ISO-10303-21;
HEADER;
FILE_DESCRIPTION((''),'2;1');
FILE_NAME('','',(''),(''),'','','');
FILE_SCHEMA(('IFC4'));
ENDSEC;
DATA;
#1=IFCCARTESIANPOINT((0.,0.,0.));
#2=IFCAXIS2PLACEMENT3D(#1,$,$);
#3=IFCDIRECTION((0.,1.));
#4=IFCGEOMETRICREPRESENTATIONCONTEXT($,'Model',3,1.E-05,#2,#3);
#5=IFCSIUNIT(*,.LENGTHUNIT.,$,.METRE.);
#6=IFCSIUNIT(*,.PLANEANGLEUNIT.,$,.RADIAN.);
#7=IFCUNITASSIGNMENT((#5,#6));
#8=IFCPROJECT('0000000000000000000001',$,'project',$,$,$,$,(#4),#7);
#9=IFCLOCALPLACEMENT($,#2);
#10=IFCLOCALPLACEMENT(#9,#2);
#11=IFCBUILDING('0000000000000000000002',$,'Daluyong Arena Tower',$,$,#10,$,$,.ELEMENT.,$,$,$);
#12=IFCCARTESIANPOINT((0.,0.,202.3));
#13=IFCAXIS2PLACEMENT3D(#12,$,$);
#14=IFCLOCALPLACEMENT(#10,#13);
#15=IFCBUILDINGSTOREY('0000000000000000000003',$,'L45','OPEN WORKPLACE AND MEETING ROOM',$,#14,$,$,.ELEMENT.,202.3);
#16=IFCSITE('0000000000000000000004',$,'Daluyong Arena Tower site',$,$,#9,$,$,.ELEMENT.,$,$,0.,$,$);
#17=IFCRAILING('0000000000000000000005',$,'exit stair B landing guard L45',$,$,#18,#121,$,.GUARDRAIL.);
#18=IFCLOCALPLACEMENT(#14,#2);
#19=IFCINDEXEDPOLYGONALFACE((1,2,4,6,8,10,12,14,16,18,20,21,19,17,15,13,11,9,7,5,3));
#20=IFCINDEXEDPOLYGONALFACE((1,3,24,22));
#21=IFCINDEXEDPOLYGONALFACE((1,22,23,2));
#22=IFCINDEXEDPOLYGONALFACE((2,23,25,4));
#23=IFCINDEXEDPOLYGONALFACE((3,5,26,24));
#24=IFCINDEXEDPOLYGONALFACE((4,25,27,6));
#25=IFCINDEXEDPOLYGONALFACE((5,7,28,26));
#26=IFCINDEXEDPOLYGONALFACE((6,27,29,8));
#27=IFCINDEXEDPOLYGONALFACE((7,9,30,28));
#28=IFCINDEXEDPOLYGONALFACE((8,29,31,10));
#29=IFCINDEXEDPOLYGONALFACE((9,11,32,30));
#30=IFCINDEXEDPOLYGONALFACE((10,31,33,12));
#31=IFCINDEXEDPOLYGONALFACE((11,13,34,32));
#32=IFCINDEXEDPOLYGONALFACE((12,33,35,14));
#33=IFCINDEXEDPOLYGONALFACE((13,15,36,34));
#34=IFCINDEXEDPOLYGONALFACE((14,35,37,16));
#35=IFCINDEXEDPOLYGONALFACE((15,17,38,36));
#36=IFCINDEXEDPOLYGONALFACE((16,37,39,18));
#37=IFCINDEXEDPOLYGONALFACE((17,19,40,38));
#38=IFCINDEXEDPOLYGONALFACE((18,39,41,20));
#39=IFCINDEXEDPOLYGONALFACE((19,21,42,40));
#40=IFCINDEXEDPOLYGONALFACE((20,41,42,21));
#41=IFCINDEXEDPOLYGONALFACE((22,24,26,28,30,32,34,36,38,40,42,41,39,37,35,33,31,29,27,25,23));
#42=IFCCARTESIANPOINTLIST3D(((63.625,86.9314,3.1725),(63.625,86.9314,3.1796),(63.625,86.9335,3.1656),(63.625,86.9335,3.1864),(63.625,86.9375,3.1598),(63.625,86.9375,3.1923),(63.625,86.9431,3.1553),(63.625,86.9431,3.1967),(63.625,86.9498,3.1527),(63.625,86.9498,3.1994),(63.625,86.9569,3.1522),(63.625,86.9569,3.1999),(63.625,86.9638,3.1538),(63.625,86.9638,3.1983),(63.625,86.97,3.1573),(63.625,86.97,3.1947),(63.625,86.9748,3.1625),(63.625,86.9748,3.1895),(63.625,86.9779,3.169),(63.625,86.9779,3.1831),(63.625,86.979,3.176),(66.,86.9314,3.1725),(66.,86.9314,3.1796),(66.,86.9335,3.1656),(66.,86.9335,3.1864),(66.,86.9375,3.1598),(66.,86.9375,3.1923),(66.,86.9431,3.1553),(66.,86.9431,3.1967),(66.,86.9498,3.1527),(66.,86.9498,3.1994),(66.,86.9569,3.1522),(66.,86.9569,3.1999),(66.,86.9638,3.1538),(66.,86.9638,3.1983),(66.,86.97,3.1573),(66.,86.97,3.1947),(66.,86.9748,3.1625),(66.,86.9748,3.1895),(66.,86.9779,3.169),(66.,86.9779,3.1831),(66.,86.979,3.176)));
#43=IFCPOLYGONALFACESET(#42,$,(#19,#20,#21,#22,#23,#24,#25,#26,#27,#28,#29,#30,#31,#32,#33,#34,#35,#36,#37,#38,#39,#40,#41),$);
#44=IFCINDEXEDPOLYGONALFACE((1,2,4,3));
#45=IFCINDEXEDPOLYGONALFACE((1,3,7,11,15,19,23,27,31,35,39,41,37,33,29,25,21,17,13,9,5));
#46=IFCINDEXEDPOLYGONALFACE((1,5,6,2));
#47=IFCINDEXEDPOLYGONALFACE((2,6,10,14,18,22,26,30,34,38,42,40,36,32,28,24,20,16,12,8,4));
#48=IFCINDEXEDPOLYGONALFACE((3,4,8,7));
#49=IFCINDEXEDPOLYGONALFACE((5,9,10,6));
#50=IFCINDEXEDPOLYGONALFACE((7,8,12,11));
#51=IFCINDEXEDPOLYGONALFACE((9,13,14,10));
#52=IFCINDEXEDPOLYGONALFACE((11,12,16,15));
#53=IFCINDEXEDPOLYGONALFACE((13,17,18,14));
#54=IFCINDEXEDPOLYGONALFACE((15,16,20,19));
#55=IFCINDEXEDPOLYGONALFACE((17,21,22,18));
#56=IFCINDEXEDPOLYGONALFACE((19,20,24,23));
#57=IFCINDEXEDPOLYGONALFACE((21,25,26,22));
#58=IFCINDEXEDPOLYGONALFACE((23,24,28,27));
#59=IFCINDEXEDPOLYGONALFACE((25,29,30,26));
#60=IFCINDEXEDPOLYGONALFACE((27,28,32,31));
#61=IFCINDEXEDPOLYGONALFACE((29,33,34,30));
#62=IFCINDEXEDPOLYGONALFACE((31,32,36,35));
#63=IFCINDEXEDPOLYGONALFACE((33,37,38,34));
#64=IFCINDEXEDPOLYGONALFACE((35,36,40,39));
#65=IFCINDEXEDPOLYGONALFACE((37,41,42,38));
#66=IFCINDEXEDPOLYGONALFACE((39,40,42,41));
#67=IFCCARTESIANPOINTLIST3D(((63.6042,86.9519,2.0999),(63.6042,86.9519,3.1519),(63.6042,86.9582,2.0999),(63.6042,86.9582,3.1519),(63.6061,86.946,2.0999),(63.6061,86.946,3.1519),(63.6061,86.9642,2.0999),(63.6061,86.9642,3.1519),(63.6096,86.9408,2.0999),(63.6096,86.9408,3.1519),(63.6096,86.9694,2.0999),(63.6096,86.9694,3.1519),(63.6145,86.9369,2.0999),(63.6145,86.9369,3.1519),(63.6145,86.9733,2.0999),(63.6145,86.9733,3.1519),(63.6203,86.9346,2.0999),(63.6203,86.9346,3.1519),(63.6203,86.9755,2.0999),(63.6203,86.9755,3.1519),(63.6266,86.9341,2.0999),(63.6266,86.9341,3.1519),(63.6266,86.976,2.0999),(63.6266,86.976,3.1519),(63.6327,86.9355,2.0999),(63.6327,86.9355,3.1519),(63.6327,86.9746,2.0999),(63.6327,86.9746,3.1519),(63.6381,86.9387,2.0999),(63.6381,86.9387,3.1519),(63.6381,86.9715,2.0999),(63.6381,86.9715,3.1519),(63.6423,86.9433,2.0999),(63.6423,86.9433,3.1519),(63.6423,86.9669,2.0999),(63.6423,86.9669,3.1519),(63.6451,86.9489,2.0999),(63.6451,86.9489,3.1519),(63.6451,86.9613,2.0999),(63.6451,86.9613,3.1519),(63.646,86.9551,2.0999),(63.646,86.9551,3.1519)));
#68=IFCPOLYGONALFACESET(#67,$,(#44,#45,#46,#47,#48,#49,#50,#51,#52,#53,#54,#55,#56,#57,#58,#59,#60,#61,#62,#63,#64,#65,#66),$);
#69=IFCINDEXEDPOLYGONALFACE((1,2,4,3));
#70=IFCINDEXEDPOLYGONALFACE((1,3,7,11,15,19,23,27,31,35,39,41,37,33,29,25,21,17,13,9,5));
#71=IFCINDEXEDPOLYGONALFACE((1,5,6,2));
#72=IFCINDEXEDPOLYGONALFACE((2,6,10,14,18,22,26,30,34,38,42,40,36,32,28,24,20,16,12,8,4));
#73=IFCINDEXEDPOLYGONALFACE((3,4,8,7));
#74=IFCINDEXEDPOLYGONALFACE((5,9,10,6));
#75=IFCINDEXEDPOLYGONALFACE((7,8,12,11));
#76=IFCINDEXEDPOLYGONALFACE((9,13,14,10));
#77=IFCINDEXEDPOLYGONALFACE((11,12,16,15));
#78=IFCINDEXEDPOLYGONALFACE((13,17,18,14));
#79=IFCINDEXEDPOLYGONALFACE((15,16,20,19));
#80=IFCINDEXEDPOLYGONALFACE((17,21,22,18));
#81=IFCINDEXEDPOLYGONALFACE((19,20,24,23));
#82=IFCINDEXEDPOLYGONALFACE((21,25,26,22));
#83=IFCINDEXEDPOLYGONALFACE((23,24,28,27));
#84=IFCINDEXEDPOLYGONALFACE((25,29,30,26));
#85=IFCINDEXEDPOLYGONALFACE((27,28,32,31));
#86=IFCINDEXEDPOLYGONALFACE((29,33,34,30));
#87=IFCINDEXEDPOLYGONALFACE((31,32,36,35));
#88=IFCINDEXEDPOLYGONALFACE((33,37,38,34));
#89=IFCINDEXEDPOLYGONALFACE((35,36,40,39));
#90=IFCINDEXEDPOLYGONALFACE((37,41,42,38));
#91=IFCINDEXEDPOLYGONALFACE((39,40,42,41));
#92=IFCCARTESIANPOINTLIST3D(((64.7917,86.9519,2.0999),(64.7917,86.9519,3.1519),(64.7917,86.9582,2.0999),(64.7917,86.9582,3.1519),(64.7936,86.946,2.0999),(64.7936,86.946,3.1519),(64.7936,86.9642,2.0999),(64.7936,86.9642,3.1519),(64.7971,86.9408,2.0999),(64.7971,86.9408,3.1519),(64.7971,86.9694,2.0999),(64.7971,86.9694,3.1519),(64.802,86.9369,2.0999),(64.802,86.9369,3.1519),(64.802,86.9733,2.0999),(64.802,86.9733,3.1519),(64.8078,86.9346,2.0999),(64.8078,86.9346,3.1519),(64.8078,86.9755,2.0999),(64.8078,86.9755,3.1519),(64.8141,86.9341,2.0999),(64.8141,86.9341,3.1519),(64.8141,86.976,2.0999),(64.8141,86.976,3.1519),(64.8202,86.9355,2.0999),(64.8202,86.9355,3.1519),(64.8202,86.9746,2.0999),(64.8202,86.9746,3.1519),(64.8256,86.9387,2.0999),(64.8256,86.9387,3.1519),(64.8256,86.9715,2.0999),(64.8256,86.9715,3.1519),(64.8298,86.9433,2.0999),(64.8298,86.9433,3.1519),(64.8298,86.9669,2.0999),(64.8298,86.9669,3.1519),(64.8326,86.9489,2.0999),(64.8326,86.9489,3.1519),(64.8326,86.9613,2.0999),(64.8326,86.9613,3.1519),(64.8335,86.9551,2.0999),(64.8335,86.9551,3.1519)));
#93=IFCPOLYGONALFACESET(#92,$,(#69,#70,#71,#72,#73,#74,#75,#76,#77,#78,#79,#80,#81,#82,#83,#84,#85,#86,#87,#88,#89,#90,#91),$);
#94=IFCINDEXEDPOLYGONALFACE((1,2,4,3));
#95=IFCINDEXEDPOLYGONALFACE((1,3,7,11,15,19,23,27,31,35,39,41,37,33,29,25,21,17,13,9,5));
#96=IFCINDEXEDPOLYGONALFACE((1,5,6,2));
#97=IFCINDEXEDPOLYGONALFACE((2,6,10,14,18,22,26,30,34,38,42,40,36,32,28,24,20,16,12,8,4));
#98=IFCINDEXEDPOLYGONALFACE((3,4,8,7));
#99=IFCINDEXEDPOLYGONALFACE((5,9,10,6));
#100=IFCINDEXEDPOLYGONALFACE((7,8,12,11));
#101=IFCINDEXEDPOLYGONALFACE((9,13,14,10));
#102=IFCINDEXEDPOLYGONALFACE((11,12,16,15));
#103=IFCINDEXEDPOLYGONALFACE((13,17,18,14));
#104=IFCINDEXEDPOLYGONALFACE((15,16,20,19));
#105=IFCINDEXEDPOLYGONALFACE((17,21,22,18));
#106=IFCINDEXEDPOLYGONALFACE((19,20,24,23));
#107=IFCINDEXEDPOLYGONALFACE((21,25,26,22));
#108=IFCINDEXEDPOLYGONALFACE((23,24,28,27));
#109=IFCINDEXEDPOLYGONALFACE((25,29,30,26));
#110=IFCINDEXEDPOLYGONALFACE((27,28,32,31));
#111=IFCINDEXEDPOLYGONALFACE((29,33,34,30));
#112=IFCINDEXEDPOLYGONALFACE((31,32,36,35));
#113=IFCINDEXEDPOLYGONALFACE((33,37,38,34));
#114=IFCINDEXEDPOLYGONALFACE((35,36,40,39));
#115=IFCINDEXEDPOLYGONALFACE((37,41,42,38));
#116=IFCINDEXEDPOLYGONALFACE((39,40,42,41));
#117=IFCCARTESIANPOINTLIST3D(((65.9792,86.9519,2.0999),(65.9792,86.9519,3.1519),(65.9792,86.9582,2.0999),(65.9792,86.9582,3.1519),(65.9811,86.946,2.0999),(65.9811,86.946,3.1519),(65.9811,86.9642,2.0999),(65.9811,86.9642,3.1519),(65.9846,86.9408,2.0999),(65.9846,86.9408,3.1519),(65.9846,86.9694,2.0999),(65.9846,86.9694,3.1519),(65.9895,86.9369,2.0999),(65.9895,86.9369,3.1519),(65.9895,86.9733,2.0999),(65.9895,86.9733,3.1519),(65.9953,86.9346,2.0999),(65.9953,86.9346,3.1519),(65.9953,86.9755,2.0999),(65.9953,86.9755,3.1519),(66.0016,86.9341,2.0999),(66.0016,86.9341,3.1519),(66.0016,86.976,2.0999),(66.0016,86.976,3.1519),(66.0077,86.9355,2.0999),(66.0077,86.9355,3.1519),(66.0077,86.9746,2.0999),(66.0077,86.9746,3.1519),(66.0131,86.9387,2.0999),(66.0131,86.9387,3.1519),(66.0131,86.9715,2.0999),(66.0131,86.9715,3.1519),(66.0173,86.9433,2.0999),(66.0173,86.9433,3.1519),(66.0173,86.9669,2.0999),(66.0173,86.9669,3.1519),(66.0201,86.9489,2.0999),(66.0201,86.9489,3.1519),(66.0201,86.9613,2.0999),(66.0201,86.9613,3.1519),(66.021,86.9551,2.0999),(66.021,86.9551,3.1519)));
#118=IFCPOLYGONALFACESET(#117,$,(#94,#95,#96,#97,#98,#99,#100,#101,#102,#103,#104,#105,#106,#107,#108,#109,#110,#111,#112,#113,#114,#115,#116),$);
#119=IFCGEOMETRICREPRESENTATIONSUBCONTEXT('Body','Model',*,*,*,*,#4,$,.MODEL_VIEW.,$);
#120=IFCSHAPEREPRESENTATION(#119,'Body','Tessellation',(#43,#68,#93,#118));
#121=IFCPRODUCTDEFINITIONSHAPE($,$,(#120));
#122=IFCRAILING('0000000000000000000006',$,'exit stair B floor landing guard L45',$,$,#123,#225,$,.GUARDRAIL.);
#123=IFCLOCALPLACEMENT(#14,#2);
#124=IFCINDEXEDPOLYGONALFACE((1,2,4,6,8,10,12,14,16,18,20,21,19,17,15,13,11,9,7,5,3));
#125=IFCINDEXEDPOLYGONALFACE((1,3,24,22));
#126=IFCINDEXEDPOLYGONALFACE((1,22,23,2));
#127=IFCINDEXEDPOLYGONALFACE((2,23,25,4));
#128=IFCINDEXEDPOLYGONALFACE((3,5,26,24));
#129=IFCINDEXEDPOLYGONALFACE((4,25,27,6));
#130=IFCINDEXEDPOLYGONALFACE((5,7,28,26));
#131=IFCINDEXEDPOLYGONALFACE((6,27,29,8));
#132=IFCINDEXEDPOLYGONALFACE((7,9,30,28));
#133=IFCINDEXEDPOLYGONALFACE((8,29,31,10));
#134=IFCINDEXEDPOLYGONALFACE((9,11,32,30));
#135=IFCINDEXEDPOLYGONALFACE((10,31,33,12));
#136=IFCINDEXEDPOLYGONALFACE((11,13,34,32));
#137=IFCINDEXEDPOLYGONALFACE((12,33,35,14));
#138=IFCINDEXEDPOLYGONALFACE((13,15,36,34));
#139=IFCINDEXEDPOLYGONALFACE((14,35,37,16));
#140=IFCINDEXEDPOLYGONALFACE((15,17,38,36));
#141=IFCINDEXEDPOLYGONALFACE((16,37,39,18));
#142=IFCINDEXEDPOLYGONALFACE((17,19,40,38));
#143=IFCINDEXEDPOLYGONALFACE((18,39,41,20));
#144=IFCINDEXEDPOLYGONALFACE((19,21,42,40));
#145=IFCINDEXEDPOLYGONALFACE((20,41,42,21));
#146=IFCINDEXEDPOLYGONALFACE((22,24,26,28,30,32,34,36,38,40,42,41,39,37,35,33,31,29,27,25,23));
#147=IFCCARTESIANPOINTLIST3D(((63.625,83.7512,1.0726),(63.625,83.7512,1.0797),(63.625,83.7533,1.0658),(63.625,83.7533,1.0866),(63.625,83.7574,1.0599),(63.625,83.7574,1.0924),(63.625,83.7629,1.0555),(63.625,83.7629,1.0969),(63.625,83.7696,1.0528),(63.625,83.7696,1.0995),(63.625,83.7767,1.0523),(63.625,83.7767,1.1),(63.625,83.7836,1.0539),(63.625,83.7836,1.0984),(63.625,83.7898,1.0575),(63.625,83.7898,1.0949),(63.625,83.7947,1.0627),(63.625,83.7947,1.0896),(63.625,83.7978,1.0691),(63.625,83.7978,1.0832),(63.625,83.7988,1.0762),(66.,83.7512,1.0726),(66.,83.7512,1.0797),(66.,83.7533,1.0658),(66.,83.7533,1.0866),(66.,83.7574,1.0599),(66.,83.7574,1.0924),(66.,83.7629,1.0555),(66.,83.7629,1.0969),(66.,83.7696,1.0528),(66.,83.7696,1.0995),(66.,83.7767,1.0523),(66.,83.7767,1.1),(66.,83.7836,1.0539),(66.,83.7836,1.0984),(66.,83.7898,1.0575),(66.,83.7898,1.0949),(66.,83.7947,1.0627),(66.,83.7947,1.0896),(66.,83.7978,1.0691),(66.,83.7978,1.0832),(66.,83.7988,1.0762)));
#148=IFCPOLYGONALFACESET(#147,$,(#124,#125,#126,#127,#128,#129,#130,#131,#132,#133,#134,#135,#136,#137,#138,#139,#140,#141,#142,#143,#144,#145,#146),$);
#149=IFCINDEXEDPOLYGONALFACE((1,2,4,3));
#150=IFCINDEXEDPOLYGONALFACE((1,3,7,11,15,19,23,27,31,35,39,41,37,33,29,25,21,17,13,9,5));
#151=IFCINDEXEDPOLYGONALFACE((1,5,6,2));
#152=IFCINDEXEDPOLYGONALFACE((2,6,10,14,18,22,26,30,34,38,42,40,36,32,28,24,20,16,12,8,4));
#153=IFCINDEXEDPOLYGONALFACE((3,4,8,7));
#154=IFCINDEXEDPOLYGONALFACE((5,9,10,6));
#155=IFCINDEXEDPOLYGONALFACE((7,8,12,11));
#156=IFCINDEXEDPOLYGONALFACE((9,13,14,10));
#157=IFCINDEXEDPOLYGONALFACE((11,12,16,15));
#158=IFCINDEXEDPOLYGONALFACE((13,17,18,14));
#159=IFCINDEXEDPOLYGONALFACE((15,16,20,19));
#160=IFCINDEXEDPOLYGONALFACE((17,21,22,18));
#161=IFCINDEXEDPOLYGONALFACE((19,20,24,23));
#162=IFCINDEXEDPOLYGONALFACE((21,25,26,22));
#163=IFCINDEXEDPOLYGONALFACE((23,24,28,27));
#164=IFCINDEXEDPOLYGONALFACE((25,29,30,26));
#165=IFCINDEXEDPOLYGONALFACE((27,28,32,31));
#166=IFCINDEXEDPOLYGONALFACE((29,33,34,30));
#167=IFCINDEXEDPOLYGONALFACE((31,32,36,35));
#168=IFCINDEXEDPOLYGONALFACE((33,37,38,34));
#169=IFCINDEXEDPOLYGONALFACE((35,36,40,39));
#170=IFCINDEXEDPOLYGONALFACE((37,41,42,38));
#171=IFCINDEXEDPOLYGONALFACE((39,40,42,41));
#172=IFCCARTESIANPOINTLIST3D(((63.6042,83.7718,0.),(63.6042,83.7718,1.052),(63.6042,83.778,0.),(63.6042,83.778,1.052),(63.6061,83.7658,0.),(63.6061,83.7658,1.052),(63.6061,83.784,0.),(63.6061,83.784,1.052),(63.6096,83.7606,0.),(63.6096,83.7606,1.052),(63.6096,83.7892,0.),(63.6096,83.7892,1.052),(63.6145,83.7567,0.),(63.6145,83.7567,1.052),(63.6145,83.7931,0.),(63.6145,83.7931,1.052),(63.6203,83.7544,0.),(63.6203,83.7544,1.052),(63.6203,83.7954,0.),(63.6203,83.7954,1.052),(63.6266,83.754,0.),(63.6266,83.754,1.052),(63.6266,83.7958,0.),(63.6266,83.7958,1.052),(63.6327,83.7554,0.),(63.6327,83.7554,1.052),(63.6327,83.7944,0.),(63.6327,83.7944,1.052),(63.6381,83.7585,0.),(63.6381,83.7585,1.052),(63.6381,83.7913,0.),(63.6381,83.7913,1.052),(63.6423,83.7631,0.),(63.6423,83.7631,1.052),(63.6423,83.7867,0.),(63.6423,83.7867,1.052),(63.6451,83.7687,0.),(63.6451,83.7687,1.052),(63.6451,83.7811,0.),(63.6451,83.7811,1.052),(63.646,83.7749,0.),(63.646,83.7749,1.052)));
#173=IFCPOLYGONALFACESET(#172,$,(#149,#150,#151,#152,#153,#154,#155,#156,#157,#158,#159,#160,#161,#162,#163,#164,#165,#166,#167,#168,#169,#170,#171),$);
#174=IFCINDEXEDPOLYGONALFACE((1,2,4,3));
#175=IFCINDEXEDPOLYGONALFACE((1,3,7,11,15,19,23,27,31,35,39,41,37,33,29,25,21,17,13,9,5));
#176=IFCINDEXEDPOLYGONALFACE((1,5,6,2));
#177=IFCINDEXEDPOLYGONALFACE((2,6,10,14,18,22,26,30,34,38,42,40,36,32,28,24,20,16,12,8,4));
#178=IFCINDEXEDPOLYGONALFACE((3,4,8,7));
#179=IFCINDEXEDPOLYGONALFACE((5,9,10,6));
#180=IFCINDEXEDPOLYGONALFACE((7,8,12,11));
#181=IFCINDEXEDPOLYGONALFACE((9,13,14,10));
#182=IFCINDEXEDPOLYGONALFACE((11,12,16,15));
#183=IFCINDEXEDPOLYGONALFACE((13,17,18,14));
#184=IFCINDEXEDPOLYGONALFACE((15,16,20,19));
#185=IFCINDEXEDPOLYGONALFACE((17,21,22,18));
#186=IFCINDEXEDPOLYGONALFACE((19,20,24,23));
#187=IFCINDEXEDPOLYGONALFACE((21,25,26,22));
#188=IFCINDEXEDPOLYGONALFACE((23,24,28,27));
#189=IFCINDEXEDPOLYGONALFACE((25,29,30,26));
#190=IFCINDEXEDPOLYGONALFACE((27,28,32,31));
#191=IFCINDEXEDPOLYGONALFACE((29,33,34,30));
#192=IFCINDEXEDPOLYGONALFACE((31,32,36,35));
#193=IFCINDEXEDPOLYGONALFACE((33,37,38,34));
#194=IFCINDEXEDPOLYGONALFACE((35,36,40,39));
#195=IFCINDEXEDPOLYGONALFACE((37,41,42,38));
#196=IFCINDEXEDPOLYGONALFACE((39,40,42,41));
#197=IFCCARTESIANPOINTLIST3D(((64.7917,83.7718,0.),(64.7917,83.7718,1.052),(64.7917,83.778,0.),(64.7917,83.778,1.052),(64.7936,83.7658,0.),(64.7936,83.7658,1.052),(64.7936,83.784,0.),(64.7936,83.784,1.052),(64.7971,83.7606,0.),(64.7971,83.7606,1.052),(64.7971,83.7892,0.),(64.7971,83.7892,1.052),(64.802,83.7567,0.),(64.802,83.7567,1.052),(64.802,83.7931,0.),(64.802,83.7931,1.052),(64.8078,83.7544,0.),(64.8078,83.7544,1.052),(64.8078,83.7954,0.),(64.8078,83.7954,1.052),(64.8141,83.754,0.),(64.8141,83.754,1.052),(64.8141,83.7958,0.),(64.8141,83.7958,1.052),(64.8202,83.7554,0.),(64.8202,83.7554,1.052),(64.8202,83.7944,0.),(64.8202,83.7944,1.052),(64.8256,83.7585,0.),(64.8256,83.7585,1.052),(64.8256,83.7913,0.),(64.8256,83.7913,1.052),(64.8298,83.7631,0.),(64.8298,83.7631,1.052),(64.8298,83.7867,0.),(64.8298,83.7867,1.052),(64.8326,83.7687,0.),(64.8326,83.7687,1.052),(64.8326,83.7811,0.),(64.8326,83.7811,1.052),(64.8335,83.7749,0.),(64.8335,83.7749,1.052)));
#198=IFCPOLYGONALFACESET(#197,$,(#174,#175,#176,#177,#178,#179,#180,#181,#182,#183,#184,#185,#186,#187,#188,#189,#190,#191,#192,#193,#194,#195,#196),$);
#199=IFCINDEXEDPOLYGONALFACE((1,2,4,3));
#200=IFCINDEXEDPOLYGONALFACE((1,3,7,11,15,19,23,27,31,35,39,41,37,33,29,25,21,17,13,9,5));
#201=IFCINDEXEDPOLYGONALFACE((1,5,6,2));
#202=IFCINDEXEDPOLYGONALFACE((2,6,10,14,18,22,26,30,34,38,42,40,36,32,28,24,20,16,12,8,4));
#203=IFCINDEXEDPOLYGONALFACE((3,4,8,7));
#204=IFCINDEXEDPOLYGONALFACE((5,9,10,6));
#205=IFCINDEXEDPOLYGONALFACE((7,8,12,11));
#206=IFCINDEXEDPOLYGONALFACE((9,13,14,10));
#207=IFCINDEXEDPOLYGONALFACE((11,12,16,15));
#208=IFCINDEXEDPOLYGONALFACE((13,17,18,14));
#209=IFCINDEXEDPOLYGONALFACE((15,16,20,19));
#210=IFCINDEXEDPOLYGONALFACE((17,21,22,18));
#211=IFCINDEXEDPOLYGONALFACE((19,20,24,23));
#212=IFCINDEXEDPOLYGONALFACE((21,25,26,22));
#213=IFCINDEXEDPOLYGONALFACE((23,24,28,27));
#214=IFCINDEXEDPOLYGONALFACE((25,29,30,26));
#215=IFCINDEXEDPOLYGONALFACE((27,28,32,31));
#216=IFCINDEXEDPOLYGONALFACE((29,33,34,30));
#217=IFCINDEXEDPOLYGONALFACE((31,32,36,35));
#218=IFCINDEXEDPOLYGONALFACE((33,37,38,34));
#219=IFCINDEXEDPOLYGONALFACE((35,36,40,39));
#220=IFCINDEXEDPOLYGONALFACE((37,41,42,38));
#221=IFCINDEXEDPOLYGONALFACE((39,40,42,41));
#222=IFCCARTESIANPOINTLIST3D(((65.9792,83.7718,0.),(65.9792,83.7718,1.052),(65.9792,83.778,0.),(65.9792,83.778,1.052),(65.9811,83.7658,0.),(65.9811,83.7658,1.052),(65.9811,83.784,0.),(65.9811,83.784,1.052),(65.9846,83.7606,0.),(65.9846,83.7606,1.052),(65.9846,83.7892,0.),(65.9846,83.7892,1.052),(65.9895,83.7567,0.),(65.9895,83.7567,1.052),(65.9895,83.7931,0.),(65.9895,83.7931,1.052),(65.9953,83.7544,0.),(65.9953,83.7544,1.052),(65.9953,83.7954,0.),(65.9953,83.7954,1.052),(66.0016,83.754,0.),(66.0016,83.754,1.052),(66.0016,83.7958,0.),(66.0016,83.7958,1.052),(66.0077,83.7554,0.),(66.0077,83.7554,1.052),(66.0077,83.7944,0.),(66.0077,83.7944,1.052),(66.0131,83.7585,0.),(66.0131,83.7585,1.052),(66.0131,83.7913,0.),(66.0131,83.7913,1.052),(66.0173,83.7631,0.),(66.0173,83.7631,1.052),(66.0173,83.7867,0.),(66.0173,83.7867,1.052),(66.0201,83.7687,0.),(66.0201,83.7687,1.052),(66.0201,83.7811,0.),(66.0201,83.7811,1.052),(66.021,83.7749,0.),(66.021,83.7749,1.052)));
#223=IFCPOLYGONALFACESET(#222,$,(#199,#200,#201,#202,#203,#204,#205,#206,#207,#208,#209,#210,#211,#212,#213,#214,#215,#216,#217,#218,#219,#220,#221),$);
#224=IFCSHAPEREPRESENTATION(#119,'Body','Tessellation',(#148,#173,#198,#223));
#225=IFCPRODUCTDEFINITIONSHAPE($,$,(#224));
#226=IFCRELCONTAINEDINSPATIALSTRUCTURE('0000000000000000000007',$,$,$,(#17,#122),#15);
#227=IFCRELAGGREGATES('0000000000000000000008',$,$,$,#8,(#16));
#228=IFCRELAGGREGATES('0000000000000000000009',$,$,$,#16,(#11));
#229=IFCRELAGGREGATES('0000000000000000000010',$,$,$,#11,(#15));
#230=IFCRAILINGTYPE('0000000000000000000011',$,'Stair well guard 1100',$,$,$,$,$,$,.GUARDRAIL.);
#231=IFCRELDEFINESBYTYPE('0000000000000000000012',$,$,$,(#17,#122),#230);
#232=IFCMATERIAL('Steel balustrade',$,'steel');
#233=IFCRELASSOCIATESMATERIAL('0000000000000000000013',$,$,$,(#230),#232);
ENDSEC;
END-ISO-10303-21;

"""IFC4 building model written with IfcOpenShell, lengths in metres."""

from ifc_helpers import new_model, si_unit, direction, frame, origin, origin_2d, place, context, subcontext, project, spatial, circle, extrude, material, type_object, element, save


model = new_model("IFC4")

# Units and contexts
model_context = context("Model", 3, precision=1e-05, world=origin(), true_north=direction((0.0, 1.0)))
body_context = subcontext(model_context, "Body", "Model", "MODEL_VIEW")
ifc_project = project(units=[si_unit("LENGTHUNIT", "METRE"), si_unit("PLANEANGLEUNIT", "RADIAN")], contexts=[model_context])

# Site, building, storey
site_placement = place(None, origin())
site = spatial("IfcSite", under=ifc_project, at=site_placement, Name="Daluyong Arena Tower site", CompositionType="ELEMENT", RefElevation=0.0)
building_placement = place(site_placement, origin())
building = spatial("IfcBuilding", under=site, at=building_placement, Name="Daluyong Arena Tower", CompositionType="ELEMENT")
storey_placement = place(building_placement, frame((0.0, 0.0, 202.3)))
storey = spatial("IfcBuildingStorey", under=building, at=storey_placement, Name="L45", Description="OPEN WORKPLACE AND MEETING ROOM", CompositionType="ELEMENT", Elevation=202.3)

# Railings
ifc_material_1 = material(Name="Steel balustrade", Category="steel")
railing_type_1 = type_object("IfcRailingType", Name="Stair well guard 1100", PredefinedType="GUARDRAIL", material=ifc_material_1)
for number, where, name in (
    (1, (63.625, 86.9551, 2.0999), "exit stair B landing guard L45"),
    (2, (63.625, 83.7749, 0.0), "exit stair B floor landing guard L45"),
):
    element("IfcRailing", number, at=place(storey_placement, frame(where)), inside=storey, type_object=railing_type_1, Name=name, PredefinedType="GUARDRAIL", context=body_context, shape_type="SweptSolid", body=[
        extrude(circle(Radius=0.0239, at=origin_2d()), frame((0.0, 0.0, 1.0762), z_axis=(1.0, 0.0, 0.0), x_axis=(0.0, 1.0, 0.0)), (0.0, 0.0, 1.0), 2.375),
        extrude(circle(Radius=0.021, at=origin_2d()), origin(), (0.0, 0.0, 1.0), 1.052),
        extrude(circle(Radius=0.021, at=origin_2d()), frame((1.1875, 0.0, 0.0)), (0.0, 0.0, 1.0), 1.052),
        extrude(circle(Radius=0.021, at=origin_2d()), frame((2.375, 0.0, 0.0)), (0.0, 0.0, 1.0), 1.052),
    ])

save(model, "model.ifc")
